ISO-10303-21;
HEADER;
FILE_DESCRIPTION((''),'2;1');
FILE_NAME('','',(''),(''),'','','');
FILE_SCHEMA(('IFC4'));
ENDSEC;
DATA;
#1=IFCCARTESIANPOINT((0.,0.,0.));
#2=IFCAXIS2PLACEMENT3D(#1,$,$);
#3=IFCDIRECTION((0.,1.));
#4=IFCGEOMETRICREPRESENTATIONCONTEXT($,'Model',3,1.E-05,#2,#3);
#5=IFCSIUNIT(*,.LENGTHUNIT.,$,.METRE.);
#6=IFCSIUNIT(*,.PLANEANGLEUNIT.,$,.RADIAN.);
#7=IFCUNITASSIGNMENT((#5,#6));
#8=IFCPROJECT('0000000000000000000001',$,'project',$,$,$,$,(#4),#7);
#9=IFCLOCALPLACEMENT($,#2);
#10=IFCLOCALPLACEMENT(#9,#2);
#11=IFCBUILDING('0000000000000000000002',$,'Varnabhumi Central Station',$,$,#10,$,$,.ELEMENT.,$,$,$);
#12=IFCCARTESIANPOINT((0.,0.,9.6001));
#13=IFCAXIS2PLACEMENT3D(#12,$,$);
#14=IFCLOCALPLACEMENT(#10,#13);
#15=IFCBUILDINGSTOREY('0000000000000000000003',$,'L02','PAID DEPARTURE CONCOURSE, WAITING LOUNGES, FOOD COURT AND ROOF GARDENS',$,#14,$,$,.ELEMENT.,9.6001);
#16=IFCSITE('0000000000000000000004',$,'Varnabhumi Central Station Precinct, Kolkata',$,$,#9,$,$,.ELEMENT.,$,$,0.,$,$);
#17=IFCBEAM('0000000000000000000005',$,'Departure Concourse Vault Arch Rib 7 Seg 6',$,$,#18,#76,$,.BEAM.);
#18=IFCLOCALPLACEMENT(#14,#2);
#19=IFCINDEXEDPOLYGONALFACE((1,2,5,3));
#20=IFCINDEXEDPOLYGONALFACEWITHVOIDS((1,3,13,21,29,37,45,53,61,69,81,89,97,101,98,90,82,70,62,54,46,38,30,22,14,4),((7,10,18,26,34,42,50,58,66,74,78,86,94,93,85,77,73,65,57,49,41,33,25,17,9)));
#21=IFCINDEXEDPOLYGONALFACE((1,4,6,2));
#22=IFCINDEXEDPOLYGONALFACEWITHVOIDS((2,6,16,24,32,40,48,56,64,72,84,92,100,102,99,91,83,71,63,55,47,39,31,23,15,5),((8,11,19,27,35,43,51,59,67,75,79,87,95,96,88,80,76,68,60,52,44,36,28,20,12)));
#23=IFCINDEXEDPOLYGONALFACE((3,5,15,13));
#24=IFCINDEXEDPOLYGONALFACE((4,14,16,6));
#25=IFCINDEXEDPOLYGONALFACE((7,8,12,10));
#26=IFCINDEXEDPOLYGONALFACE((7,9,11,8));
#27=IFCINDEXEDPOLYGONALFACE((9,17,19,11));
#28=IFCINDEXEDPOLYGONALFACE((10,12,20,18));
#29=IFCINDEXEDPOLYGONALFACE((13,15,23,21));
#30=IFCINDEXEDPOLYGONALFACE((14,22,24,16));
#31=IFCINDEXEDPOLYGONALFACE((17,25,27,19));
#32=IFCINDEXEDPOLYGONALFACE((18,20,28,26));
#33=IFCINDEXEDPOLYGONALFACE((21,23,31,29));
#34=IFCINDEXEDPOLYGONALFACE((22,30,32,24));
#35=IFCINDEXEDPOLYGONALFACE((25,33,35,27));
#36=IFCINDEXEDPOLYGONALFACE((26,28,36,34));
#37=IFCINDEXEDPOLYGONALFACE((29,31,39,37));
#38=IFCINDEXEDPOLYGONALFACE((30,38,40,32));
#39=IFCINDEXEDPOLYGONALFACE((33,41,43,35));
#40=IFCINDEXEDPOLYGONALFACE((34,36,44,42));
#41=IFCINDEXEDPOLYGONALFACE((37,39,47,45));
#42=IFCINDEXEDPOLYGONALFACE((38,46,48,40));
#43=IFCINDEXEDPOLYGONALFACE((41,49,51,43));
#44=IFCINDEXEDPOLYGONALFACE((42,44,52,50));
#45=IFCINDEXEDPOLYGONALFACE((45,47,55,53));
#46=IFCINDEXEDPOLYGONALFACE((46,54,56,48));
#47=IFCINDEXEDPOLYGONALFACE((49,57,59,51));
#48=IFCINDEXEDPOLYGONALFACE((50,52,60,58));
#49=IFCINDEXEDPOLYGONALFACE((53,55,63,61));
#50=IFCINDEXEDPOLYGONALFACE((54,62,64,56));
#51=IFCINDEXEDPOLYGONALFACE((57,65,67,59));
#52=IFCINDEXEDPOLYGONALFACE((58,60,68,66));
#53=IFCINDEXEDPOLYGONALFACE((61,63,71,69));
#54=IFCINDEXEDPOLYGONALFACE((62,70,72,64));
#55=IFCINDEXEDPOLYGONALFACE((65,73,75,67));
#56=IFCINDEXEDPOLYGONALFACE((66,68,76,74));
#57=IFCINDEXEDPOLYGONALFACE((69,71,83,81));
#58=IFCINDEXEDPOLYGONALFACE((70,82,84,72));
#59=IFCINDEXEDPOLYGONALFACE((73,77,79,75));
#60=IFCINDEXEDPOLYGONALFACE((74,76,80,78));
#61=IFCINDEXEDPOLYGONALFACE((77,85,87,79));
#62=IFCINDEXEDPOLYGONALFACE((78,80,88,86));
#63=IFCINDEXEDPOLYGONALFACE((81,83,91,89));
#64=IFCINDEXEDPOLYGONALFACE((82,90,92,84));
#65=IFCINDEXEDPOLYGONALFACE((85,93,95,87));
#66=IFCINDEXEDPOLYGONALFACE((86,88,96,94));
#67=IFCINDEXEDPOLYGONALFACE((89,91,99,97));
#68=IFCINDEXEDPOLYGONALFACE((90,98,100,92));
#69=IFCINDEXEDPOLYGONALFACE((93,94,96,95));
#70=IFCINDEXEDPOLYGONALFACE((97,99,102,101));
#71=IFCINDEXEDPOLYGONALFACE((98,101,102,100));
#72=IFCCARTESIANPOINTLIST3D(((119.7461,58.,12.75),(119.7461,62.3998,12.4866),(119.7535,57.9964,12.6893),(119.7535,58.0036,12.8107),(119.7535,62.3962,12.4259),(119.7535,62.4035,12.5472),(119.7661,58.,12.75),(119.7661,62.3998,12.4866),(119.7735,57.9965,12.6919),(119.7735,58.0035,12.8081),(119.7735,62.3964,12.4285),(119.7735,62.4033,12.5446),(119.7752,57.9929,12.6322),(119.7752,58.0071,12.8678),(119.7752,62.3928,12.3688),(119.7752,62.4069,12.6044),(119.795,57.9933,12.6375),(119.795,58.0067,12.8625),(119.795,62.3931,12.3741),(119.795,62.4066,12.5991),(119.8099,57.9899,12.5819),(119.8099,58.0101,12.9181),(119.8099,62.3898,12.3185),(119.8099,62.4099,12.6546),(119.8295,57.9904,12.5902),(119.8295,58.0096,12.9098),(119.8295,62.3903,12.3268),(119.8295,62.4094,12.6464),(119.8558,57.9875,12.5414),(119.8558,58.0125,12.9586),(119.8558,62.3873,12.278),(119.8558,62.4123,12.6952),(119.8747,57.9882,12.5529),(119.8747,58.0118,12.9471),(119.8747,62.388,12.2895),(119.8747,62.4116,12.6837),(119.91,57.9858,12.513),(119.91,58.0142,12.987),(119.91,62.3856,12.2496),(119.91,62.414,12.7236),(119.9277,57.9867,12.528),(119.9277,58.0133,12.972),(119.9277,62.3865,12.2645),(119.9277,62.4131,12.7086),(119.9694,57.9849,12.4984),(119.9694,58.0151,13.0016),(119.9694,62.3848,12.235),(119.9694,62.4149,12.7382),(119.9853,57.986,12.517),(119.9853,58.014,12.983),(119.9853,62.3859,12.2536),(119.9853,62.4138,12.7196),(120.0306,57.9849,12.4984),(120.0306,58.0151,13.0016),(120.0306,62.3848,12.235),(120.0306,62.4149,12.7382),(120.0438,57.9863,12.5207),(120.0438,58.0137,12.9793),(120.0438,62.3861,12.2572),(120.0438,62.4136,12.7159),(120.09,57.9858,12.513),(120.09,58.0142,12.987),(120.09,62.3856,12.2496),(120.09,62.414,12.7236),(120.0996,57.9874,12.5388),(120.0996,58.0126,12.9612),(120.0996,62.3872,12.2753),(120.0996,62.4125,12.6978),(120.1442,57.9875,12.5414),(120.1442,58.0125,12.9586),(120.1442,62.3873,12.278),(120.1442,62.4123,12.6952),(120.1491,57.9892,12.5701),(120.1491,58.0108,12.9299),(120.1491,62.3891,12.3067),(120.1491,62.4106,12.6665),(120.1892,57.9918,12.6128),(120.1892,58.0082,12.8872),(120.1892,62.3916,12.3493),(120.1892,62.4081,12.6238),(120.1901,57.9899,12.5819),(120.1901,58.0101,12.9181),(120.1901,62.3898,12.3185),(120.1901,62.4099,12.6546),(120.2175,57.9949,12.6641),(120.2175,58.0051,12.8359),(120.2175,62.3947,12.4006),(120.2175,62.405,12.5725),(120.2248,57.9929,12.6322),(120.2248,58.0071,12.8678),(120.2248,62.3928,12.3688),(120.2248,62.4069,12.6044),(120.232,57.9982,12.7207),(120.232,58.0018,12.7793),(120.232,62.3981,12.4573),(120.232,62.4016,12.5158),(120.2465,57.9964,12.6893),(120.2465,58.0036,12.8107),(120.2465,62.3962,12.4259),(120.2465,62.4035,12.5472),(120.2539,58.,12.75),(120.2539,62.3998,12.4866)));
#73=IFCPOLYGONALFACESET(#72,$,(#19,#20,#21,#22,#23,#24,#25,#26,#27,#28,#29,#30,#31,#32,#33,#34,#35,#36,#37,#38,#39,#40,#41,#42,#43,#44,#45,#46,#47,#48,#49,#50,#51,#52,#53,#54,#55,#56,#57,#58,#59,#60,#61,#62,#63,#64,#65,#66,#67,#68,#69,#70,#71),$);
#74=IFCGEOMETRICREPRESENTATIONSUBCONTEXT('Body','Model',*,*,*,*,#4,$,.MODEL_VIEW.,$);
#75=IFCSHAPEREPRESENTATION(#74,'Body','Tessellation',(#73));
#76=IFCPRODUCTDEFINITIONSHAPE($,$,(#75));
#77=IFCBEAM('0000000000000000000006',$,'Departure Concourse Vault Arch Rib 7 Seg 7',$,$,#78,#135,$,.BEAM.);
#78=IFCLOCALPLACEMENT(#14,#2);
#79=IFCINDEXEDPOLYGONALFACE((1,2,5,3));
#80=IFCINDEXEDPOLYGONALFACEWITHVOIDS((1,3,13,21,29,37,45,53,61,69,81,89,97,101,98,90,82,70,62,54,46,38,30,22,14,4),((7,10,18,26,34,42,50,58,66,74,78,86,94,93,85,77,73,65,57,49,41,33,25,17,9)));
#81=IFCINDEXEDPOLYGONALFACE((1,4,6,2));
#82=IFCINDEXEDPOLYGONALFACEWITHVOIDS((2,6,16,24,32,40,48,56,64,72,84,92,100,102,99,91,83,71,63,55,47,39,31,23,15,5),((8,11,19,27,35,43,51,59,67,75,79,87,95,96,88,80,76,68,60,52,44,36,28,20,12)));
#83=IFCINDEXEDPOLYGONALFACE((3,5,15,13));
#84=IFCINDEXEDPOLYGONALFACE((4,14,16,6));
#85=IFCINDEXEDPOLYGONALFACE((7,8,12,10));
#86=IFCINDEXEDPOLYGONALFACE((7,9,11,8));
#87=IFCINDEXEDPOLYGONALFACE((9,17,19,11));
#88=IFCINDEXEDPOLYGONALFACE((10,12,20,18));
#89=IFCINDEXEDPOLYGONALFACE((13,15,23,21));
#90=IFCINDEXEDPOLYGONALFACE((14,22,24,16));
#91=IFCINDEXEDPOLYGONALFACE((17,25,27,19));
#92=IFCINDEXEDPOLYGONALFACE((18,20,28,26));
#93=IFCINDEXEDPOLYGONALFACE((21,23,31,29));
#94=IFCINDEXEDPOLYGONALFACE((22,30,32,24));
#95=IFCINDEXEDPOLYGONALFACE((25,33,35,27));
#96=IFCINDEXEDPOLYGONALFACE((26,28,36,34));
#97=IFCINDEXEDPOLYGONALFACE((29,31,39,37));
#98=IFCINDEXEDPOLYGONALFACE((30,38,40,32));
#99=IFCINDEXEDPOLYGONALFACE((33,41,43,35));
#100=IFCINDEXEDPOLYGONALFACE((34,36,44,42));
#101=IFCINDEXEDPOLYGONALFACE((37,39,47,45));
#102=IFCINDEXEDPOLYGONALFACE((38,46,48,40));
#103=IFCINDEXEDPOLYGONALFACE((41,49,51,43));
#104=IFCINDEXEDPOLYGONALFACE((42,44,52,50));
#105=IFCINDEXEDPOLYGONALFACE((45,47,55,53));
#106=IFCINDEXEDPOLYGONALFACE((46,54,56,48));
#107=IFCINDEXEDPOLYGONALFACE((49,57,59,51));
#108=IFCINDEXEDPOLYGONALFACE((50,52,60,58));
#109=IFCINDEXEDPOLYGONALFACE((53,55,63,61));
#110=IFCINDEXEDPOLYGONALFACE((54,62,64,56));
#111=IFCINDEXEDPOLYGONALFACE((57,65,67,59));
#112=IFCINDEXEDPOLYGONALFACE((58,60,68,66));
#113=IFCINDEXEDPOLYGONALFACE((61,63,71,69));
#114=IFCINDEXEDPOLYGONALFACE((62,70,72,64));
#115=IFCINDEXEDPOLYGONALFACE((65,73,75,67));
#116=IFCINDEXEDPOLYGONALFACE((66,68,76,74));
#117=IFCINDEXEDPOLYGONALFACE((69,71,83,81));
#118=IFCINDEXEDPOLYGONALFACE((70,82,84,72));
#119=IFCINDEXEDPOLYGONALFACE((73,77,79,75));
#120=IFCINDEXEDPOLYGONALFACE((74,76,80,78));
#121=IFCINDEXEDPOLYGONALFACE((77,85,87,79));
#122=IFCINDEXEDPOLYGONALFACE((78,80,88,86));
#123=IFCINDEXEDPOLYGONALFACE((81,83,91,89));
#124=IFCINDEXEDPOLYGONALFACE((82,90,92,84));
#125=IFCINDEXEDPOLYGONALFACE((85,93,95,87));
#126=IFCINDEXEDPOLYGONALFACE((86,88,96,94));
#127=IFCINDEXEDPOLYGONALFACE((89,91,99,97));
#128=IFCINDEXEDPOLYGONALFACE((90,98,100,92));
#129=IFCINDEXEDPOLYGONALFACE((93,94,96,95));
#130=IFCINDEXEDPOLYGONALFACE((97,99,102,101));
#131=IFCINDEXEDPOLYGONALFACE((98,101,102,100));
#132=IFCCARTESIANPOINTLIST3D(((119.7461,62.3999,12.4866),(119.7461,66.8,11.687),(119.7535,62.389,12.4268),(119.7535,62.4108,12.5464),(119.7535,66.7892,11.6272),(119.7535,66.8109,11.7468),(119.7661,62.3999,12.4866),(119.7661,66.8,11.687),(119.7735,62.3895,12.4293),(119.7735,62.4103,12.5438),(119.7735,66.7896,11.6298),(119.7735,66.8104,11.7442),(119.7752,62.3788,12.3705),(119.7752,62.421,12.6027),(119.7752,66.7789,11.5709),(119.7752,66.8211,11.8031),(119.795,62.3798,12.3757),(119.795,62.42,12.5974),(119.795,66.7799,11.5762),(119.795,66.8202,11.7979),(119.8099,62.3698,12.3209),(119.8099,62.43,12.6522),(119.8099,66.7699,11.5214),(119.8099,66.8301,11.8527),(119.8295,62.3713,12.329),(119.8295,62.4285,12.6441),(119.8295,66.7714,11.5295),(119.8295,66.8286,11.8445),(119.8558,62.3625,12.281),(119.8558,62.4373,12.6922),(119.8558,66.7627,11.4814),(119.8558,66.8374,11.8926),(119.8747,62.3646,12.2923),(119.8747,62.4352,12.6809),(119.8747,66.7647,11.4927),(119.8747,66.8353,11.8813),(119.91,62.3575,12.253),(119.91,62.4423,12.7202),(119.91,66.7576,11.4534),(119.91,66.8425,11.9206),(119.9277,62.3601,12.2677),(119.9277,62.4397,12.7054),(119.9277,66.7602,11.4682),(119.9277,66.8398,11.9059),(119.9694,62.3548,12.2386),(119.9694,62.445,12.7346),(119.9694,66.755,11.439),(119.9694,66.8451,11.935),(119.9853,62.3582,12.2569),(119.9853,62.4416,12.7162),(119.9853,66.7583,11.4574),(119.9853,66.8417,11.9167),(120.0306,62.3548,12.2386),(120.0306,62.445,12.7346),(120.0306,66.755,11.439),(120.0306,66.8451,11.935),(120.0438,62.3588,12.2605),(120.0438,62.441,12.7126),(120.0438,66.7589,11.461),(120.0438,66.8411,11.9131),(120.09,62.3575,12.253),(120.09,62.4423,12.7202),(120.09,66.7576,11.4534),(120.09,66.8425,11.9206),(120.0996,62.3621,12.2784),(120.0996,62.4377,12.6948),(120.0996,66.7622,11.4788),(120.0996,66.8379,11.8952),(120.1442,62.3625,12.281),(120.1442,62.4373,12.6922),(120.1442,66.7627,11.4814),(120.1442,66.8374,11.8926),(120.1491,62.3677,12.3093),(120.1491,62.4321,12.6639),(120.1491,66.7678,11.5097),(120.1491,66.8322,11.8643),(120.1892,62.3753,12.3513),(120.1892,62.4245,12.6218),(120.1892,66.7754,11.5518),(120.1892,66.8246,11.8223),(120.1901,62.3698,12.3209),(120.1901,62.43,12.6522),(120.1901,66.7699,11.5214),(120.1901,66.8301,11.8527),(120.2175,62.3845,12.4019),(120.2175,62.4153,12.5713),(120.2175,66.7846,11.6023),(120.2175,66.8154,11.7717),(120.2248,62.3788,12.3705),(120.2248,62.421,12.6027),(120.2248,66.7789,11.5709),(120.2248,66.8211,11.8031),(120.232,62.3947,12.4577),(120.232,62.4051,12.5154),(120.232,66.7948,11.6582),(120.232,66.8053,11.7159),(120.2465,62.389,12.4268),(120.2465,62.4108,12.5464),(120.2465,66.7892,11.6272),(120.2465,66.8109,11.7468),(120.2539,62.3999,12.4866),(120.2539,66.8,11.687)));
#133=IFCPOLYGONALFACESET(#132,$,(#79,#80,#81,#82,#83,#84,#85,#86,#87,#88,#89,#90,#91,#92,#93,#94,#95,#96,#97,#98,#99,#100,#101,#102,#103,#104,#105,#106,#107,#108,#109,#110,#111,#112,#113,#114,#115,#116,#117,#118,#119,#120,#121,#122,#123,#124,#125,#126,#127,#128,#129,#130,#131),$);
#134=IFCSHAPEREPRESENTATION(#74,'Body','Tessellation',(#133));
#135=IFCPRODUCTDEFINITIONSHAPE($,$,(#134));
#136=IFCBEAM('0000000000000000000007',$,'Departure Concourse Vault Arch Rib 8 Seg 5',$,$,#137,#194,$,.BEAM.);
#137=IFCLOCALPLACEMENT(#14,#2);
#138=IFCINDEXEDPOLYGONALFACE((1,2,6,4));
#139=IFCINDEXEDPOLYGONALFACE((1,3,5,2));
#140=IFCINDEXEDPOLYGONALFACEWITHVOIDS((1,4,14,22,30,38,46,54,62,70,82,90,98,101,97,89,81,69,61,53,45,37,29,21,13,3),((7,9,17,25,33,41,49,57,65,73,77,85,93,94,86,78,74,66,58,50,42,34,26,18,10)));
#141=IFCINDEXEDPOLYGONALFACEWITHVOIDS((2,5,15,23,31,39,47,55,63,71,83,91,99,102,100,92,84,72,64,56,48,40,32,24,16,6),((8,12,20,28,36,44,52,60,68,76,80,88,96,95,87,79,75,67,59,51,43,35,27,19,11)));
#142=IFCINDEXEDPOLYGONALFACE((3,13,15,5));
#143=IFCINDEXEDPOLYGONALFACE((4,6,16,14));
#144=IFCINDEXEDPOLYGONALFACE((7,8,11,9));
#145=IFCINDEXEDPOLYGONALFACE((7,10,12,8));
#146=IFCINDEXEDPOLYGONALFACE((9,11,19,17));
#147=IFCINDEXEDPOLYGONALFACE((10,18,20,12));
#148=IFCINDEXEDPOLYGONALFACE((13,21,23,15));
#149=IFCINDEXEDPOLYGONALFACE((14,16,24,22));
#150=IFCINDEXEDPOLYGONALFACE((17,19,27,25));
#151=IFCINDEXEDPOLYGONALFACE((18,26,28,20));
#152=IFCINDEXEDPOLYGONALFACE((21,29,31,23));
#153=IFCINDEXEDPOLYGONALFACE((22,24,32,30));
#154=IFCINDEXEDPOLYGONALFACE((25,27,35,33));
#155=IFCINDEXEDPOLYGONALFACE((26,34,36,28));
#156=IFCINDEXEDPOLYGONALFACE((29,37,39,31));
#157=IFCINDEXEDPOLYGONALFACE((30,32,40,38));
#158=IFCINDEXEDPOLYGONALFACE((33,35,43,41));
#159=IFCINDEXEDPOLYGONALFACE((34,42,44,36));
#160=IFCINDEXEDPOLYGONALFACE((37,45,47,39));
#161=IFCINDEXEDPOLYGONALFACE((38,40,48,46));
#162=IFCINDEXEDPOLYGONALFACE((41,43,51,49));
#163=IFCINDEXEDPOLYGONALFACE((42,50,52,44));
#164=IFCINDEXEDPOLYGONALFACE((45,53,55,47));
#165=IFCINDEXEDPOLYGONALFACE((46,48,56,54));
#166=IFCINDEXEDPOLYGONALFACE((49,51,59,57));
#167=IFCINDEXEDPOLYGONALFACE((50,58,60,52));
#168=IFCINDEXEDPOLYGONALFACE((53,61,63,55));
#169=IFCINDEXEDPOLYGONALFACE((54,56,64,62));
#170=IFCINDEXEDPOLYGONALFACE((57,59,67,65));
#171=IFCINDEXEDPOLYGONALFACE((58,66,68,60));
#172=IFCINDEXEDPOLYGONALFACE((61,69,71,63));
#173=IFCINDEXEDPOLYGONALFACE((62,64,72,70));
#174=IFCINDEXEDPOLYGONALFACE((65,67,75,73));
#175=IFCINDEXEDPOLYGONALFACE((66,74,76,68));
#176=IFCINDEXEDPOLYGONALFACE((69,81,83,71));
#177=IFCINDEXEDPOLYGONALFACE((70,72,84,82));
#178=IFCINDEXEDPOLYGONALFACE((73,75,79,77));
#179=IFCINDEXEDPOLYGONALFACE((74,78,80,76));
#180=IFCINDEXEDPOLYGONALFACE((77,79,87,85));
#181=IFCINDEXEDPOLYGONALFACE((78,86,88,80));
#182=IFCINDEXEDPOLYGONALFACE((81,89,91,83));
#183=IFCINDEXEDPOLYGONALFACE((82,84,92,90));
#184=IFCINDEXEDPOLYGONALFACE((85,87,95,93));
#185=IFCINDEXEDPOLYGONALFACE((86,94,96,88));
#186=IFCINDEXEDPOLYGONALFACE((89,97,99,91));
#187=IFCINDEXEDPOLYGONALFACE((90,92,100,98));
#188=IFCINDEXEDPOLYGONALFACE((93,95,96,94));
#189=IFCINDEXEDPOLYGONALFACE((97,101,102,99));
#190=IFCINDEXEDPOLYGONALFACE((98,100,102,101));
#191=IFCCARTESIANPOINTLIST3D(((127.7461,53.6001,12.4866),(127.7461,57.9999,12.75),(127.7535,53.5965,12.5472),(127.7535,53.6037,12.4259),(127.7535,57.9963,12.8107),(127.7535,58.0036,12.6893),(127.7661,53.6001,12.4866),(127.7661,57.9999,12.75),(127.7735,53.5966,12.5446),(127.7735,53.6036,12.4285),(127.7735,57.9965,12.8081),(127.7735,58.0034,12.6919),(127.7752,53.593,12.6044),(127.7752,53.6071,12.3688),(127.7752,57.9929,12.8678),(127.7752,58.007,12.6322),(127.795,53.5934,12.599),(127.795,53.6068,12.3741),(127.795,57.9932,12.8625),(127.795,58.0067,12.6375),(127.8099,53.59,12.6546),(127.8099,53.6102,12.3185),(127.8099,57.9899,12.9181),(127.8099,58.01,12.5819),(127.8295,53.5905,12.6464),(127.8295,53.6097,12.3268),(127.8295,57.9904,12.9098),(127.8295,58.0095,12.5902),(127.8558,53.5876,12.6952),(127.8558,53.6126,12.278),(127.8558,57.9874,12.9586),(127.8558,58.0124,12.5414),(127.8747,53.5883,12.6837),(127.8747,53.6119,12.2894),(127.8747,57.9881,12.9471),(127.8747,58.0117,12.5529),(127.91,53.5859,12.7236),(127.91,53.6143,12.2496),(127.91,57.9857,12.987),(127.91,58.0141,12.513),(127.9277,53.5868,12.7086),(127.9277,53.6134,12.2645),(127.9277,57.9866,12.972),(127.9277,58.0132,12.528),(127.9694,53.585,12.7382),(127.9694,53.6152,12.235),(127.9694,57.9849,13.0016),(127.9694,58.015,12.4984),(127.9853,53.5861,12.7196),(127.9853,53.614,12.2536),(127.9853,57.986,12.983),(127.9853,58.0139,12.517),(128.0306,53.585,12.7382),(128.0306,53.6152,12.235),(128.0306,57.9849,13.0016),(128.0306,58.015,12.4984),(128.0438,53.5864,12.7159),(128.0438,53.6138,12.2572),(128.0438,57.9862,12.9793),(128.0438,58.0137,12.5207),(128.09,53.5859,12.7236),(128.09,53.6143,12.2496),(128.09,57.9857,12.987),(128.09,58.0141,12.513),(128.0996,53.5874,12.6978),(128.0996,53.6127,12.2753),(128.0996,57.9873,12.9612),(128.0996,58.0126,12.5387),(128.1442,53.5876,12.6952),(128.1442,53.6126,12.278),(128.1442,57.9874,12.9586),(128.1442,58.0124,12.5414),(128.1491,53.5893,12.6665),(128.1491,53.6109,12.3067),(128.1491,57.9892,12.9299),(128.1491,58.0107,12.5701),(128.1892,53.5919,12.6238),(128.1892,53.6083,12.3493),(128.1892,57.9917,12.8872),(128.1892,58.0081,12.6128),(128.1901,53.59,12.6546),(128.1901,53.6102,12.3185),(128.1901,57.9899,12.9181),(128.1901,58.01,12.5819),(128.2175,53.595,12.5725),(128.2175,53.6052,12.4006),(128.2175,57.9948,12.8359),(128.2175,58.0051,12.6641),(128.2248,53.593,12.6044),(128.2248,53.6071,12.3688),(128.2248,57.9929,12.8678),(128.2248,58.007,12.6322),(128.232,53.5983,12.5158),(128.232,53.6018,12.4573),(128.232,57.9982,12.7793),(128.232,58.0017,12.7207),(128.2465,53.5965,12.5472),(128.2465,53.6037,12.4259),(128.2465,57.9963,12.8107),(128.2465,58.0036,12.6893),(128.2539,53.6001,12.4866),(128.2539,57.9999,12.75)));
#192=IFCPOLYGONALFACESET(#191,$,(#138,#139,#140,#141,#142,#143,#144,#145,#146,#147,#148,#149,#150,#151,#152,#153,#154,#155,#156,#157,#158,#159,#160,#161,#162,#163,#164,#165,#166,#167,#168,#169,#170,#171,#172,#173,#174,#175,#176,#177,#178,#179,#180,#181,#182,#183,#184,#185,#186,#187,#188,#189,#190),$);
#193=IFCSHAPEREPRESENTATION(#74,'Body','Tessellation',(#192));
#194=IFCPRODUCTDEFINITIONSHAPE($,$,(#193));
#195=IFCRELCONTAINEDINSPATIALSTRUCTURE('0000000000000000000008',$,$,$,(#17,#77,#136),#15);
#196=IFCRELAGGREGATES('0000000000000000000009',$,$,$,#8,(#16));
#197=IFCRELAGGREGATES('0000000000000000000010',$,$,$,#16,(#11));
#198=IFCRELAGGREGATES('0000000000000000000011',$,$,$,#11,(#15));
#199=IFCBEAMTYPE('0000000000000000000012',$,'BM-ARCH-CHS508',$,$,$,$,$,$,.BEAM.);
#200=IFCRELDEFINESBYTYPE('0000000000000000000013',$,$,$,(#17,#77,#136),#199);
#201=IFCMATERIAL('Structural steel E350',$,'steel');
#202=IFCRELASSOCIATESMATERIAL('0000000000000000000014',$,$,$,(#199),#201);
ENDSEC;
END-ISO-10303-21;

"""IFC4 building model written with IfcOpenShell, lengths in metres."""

from ifc_helpers import new_model, si_unit, direction, frame, origin, origin_2d, place, context, subcontext, project, spatial, hollow_circle, extrude, material, material_profile, profile_set, type_object, element, save


model = new_model("IFC4")

# Units and contexts
model_context = context("Model", 3, precision=1e-05, world=origin(), true_north=direction((0.0, 1.0)))
body_context = subcontext(model_context, "Body", "Model", "MODEL_VIEW")
ifc_project = project(units=[si_unit("LENGTHUNIT", "METRE"), si_unit("PLANEANGLEUNIT", "RADIAN")], contexts=[model_context])

# Site, building, storey
site_placement = place(None, origin())
site = spatial("IfcSite", under=ifc_project, at=site_placement, Name="Varnabhumi Central Station Precinct, Kolkata", CompositionType="ELEMENT", RefElevation=0.0)
building_placement = place(site_placement, origin())
building = spatial("IfcBuilding", under=site, at=building_placement, Name="Varnabhumi Central Station", CompositionType="ELEMENT")
storey_placement = place(building_placement, frame((0.0, 0.0, 9.6001)))
storey = spatial("IfcBuildingStorey", under=building, at=storey_placement, Name="L02", Description="PAID DEPARTURE CONCOURSE, WAITING LOUNGES, FOOD COURT AND ROOF GARDENS", CompositionType="ELEMENT", Elevation=9.6001)

# Beams
ifc_material_1 = material(Name="Structural steel E350", Category="steel")
ifc_material_profile_1 = material_profile(ifc_material_1, hollow_circle(Radius=0.2539, WallThickness=0.02, at=origin_2d()), Name="Structural steel E350", Category="steel")
ifc_profile_set_1 = profile_set([ifc_material_profile_1], Name="Structural steel E350")
beam_type_1 = type_object("IfcBeamType", Name="BM-ARCH-CHS508", PredefinedType="BEAM", material=ifc_profile_set_1)
beam_1_placement = place(storey_placement, frame((120.0, 58.0, 12.75), z_axis=(0.0, 0.998213, -0.059764), x_axis=(-1.0, 0.0, 0.0)))
element("IfcBeam", 1, at=beam_1_placement, inside=storey, type_object=beam_type_1, Name="Departure Concourse Vault Arch Rib 7 Seg 6", PredefinedType="BEAM", context=body_context, shape_type="SweptSolid", body=[
    extrude(hollow_circle(Radius=0.2539, WallThickness=0.02, at=origin_2d()), origin(), (0.0, 0.0, 1.0), 4.4077),
])
beam_2_placement = place(storey_placement, frame((120.0, 62.3999, 12.4866), z_axis=(0.0, 0.983888, -0.178785), x_axis=(-1.0, 0.0, 0.0)))
element("IfcBeam", 2, at=beam_2_placement, inside=storey, type_object=beam_type_1, Name="Departure Concourse Vault Arch Rib 7 Seg 7", PredefinedType="BEAM", context=body_context, shape_type="SweptSolid", body=[
    extrude(hollow_circle(Radius=0.2539, WallThickness=0.02, at=origin_2d()), origin(), (0.0, 0.0, 1.0), 4.4722),
])
for number, where, z_axis, x_axis, name in (
    (3, (128.0, 53.6001, 12.4866), (0.0, 0.998213, 0.059764), (-1.0, 0.0, 0.0), "Departure Concourse Vault Arch Rib 8 Seg 5"),
):
    element("IfcBeam", number, at=place(storey_placement, frame(where, z_axis=z_axis, x_axis=x_axis)), inside=storey, type_object=beam_type_1, Name=name, PredefinedType="BEAM", context=body_context, shape_type="SweptSolid", body=[
        extrude(hollow_circle(Radius=0.2539, WallThickness=0.02, at=origin_2d()), origin(), (0.0, 0.0, 1.0), 4.4077),
    ])

save(model, "model.ifc")
